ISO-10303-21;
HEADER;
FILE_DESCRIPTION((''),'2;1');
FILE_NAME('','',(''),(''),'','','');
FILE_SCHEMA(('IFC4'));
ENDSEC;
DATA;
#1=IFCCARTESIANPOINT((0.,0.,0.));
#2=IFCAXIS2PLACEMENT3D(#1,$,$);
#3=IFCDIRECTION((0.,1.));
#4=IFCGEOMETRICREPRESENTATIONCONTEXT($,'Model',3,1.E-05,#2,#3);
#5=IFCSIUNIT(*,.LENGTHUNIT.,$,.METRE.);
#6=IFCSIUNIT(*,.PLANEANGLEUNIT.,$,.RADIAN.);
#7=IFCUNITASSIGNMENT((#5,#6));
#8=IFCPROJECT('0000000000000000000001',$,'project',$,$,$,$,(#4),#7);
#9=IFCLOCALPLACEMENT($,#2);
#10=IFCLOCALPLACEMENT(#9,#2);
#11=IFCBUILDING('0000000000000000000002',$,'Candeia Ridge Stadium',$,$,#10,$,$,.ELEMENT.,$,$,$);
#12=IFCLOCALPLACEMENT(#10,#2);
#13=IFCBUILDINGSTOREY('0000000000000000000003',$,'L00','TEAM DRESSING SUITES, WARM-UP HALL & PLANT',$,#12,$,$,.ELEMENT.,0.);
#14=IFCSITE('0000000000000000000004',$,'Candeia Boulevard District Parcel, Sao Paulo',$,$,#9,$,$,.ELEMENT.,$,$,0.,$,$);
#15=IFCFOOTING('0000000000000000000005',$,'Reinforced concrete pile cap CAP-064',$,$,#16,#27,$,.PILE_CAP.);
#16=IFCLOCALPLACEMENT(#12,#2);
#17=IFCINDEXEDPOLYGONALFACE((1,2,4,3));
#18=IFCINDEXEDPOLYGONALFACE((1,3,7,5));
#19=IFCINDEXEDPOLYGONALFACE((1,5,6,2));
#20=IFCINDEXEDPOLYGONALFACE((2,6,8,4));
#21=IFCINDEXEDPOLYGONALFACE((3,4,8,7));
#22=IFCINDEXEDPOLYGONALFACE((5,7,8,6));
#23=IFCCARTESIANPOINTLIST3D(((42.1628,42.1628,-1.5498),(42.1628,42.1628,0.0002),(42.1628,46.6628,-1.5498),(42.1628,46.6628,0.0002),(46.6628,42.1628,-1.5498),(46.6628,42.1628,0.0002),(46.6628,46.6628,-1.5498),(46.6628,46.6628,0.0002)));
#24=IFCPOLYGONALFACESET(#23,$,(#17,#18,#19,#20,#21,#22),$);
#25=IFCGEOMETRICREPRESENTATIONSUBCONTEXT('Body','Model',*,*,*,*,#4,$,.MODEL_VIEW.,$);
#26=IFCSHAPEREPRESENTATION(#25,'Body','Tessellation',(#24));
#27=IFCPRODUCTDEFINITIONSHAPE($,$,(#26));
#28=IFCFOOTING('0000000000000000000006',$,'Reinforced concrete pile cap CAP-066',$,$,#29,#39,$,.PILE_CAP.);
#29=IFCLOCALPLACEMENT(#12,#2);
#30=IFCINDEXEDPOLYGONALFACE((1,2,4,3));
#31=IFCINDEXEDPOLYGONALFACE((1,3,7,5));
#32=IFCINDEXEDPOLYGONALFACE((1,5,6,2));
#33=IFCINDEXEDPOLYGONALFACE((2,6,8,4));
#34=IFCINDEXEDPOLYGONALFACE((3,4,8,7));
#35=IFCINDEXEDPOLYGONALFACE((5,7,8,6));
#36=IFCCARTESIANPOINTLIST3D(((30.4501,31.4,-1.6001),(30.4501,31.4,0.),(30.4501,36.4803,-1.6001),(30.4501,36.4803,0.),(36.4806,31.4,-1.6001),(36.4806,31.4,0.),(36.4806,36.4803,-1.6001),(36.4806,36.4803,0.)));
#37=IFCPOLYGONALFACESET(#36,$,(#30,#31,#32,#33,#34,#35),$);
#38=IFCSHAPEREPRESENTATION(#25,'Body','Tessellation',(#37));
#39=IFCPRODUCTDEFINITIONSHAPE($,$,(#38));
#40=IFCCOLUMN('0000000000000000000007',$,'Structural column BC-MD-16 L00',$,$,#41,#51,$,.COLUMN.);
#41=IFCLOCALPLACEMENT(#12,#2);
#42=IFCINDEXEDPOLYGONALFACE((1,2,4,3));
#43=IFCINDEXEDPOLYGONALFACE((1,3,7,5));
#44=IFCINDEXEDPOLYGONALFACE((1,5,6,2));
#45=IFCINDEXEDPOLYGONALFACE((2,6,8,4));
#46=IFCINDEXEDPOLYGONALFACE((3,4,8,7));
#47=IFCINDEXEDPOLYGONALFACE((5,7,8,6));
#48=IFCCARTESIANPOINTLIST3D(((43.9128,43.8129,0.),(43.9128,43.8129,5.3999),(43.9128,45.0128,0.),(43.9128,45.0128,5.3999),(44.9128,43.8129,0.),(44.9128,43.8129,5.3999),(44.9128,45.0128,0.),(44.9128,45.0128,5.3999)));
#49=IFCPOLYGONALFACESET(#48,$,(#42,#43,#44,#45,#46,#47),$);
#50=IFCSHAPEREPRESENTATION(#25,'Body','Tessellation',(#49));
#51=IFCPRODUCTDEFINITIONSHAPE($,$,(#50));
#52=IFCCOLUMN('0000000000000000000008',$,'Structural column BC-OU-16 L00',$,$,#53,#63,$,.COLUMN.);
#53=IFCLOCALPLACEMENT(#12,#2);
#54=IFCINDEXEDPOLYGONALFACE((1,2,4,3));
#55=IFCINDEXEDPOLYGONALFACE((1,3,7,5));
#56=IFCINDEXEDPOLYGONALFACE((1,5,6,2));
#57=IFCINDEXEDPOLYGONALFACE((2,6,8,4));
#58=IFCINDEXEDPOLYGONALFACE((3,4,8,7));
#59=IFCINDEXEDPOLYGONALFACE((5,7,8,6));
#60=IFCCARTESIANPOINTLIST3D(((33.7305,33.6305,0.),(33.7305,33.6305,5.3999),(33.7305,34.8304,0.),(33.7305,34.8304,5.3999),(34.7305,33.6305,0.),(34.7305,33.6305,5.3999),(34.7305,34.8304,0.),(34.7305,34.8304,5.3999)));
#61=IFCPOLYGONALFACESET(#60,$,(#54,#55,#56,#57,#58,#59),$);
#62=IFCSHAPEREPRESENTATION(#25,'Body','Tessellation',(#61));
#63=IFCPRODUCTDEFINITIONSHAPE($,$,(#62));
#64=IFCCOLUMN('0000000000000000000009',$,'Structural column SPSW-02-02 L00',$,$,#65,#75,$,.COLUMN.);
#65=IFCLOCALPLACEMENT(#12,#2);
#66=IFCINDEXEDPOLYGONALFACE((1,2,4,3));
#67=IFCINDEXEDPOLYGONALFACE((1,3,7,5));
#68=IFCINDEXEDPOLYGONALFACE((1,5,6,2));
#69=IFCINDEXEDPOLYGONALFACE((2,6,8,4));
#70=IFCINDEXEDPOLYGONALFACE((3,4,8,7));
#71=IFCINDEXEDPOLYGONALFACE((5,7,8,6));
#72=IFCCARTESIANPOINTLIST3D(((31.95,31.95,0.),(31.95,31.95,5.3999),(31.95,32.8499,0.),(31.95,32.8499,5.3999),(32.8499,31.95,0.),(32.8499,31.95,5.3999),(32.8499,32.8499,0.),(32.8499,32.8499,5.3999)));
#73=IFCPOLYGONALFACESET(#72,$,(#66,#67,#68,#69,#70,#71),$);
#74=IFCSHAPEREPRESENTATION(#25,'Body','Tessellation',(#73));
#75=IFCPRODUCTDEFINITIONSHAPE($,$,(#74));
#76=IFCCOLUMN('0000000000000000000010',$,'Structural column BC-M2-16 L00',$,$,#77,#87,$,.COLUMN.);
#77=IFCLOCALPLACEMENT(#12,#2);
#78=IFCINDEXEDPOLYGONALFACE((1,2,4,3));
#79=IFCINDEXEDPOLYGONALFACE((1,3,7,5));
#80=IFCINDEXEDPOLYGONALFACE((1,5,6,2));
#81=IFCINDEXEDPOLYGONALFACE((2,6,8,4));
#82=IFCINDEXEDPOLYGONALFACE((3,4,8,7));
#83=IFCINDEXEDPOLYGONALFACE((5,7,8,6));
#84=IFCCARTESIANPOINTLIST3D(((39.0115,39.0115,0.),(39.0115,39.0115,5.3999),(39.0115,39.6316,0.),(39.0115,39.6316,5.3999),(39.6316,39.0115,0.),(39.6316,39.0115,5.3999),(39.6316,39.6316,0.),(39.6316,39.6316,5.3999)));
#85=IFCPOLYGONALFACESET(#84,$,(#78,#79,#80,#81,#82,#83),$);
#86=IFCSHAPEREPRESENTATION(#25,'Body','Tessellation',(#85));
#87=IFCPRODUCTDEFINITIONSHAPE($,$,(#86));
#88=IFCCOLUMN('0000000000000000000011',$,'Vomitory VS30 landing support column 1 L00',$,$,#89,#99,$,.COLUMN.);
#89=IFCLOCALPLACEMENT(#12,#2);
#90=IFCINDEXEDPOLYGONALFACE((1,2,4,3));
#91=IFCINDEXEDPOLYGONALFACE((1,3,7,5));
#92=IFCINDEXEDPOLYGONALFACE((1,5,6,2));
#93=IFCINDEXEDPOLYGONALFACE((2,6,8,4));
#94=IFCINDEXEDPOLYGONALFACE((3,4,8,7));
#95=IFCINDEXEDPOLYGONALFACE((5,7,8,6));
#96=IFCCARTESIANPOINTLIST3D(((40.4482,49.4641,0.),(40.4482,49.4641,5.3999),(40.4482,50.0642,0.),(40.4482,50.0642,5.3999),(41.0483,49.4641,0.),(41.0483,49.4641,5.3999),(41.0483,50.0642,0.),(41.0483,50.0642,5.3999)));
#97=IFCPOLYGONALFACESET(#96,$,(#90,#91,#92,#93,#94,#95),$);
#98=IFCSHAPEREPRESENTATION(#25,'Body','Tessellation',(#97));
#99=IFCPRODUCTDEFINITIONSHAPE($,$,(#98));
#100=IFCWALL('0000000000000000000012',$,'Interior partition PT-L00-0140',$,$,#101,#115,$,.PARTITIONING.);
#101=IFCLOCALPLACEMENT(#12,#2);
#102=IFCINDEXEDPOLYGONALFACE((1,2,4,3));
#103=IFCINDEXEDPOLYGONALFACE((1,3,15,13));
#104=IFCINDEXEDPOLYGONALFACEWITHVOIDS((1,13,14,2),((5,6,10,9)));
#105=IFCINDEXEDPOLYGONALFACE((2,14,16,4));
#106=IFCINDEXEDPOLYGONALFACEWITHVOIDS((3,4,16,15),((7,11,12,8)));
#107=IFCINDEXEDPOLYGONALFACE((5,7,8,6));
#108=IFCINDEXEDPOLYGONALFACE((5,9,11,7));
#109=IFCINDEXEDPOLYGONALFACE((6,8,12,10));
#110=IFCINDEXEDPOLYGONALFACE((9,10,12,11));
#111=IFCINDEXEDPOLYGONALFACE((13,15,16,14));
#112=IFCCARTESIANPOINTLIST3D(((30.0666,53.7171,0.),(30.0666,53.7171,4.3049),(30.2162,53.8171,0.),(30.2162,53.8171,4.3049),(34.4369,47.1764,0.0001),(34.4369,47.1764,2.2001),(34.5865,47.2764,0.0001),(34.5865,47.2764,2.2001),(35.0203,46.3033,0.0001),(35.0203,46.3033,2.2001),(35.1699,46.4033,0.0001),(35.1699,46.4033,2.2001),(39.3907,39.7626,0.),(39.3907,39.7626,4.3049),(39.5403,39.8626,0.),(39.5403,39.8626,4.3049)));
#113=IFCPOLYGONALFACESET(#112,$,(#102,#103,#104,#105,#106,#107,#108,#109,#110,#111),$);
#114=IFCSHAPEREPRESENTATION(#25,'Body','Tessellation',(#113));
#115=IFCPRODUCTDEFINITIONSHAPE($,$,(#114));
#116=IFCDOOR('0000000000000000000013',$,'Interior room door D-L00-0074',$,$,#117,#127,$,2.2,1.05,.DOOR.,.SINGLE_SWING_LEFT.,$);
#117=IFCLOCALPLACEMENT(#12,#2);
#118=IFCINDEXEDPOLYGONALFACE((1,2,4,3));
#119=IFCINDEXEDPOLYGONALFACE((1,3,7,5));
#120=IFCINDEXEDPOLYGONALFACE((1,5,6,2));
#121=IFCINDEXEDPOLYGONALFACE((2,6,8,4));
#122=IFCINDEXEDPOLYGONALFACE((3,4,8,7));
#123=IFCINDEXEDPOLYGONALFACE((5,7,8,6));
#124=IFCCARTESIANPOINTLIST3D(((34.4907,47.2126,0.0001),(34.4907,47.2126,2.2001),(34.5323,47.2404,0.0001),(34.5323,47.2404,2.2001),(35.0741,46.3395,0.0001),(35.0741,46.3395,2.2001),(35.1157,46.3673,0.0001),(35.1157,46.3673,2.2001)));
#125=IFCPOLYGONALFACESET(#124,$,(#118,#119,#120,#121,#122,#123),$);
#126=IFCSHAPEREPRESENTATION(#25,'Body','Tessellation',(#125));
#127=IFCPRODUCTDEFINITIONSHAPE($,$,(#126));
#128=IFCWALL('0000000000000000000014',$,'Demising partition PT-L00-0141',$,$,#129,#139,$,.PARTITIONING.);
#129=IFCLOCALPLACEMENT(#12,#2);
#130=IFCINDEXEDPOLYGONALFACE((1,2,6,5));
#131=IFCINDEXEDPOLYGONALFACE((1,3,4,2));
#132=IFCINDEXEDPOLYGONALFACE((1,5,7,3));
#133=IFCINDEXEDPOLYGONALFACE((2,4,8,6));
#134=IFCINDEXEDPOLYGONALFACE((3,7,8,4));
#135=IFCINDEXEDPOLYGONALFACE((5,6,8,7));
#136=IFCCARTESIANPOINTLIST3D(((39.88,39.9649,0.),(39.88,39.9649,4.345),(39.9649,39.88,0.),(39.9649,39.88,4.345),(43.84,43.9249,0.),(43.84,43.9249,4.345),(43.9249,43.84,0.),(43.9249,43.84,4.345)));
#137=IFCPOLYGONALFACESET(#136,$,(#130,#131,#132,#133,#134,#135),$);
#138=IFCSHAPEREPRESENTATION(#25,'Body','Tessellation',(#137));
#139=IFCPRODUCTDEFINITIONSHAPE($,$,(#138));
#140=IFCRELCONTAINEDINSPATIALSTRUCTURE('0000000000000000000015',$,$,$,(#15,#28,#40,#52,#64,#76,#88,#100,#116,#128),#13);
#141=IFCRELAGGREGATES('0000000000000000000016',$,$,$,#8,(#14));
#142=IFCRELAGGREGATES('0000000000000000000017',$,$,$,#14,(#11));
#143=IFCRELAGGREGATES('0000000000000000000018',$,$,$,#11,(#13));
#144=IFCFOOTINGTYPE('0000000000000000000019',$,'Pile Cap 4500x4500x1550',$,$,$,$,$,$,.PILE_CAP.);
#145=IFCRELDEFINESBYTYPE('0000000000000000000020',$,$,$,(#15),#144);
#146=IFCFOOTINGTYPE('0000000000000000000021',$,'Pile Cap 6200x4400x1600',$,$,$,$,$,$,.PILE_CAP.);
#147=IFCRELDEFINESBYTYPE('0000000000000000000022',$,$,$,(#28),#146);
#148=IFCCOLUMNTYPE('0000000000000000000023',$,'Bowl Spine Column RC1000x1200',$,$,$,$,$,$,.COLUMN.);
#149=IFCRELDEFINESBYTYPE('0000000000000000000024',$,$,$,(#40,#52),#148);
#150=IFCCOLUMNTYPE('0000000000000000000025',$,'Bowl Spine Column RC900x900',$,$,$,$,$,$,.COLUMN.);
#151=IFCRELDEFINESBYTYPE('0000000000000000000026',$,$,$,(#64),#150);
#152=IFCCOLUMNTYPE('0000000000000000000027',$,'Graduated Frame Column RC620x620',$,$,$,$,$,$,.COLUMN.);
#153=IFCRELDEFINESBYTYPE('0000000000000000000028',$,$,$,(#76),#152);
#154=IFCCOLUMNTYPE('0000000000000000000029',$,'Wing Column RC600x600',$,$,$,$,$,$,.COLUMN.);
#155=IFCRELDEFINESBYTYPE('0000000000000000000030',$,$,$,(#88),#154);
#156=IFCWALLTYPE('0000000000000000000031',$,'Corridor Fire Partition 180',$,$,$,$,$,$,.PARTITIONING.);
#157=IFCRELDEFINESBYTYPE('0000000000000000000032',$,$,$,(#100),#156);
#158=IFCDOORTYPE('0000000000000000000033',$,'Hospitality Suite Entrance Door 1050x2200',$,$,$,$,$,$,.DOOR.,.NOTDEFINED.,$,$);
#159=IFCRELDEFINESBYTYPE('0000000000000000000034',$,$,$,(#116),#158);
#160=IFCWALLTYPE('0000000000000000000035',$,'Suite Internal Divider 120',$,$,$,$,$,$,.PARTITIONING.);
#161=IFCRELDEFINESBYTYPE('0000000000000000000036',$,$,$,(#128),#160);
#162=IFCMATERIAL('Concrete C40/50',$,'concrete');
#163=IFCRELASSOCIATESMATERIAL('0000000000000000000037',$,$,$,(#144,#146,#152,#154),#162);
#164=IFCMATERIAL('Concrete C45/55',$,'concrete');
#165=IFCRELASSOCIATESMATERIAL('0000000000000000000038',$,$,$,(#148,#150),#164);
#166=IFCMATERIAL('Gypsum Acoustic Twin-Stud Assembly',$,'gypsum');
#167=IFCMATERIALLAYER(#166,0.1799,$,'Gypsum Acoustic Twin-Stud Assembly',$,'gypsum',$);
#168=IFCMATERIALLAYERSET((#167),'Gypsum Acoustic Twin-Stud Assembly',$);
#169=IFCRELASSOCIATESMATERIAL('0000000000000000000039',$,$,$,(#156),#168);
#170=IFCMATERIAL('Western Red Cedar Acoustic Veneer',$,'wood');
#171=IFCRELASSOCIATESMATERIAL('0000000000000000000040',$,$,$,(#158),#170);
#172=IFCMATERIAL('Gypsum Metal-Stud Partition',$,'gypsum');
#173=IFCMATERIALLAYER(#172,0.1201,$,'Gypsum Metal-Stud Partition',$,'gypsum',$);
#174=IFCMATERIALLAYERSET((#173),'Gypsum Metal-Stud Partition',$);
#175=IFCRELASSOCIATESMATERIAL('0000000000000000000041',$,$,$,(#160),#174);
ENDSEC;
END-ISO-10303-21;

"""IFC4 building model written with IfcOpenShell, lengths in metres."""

from ifc_helpers import new_model, si_unit, direction, frame, frame_2d, origin, origin_2d, place, context, subcontext, project, spatial, rectangle, extrude, material, layer, layer_set, material_profile, profile_set, type_object, element, fill, save


model = new_model("IFC4")

# Units and contexts
model_context = context("Model", 3, precision=1e-05, world=origin(), true_north=direction((0.0, 1.0)))
body_context = subcontext(model_context, "Body", "Model", "MODEL_VIEW")
ifc_project = project(units=[si_unit("LENGTHUNIT", "METRE"), si_unit("PLANEANGLEUNIT", "RADIAN")], contexts=[model_context])

# Site, building, storey
site_placement = place(None, origin())
site = spatial("IfcSite", under=ifc_project, at=site_placement, Name="Candeia Boulevard District Parcel, Sao Paulo", CompositionType="ELEMENT", RefElevation=0.0)
building_placement = place(site_placement, origin())
building = spatial("IfcBuilding", under=site, at=building_placement, Name="Candeia Ridge Stadium", CompositionType="ELEMENT")
storey_placement = place(building_placement, origin())
storey = spatial("IfcBuildingStorey", under=building, at=storey_placement, Name="L00", Description="TEAM DRESSING SUITES, WARM-UP HALL & PLANT", CompositionType="ELEMENT", Elevation=0.0)

# Shared definitions
ifc_material_1 = material(Name="Concrete C40/50", Category="concrete")

# Footings
footing_type_1 = type_object("IfcFootingType", Name="Pile Cap 4500x4500x1550", PredefinedType="PILE_CAP", material=ifc_material_1)
footing_1_placement = place(storey_placement, frame((44.4128, 44.4128, -1.5498), z_axis=(0.0, 0.0, 1.0), x_axis=(1.0, 0.0, 0.0)))
element("IfcFooting", 1, at=footing_1_placement, inside=storey, type_object=footing_type_1, Name="Reinforced concrete pile cap CAP-064", PredefinedType="PILE_CAP", context=body_context, shape_type="SweptSolid", body=[
    extrude(rectangle(XDim=4.5, YDim=4.5, at=origin_2d()), origin(), (0.0, 0.0, 1.0), 1.55),
])
footing_type_2 = type_object("IfcFootingType", Name="Pile Cap 6200x4400x1600", PredefinedType="PILE_CAP", material=ifc_material_1)
footing_2_placement = place(storey_placement, frame((33.4653, 33.9402, -1.6001), z_axis=(0.0, 0.0, 1.0), x_axis=(1.0, 0.0, 0.0)))
element("IfcFooting", 2, at=footing_2_placement, inside=storey, type_object=footing_type_2, Name="Reinforced concrete pile cap CAP-066", PredefinedType="PILE_CAP", context=body_context, shape_type="SweptSolid", body=[
    extrude(rectangle(XDim=6.0305, YDim=5.0803, at=origin_2d()), origin(), (0.0, 0.0, 1.0), 1.6001),
])

# Columns
ifc_material_2 = material(Name="Concrete C45/55", Category="concrete")
ifc_material_profile_1 = material_profile(ifc_material_2, rectangle(XDim=1.0, YDim=1.2, at=origin_2d()), Name="RC1000x1200", Category="concrete")
ifc_profile_set_1 = profile_set([ifc_material_profile_1], Name="Concrete C45/55")
column_type_1 = type_object("IfcColumnType", Name="Bowl Spine Column RC1000x1200", PredefinedType="COLUMN", material=ifc_profile_set_1)
for number, where, z_axis, x_axis, name in (
    (3, (44.4128, 44.4128, 0.0), (0.0, 0.0, 1.0), (1.0, 0.0, 0.0), "Structural column BC-MD-16 L00"),
    (4, (34.2305, 34.2305, 0.0), (0.0, 0.0, 1.0), (1.0, 0.0, 0.0), "Structural column BC-OU-16 L00"),
):
    element("IfcColumn", number, at=place(storey_placement, frame(where, z_axis=z_axis, x_axis=x_axis)), inside=storey, type_object=column_type_1, Name=name, PredefinedType="COLUMN", context=body_context, shape_type="SweptSolid", body=[
        extrude(rectangle(XDim=1.0, YDim=1.2, at=origin_2d()), origin(), (0.0, 0.0, 1.0), 5.3999),
    ])
ifc_material_profile_2 = material_profile(ifc_material_2, rectangle(XDim=0.8999, YDim=0.8999, at=origin_2d()), Name="RC900x900", Category="concrete")
ifc_profile_set_2 = profile_set([ifc_material_profile_2], Name="Concrete C45/55")
column_type_2 = type_object("IfcColumnType", Name="Bowl Spine Column RC900x900", PredefinedType="COLUMN", material=ifc_profile_set_2)
column_1_placement = place(storey_placement, frame((32.3999, 32.3999, 0.0), z_axis=(0.0, 0.0, 1.0), x_axis=(1.0, 0.0, 0.0)))
element("IfcColumn", 5, at=column_1_placement, inside=storey, type_object=column_type_2, Name="Structural column SPSW-02-02 L00", PredefinedType="COLUMN", context=body_context, shape_type="SweptSolid", body=[
    extrude(rectangle(XDim=0.8999, YDim=0.8999, at=origin_2d()), origin(), (0.0, 0.0, 1.0), 5.3999),
])
ifc_material_profile_3 = material_profile(ifc_material_1, rectangle(XDim=0.6201, YDim=0.6201, at=origin_2d()), Name="RC620x620", Category="concrete")
ifc_profile_set_3 = profile_set([ifc_material_profile_3], Name="Concrete C40/50")
column_type_3 = type_object("IfcColumnType", Name="Graduated Frame Column RC620x620", PredefinedType="COLUMN", material=ifc_profile_set_3)
column_2_placement = place(storey_placement, frame((39.3215, 39.3215, 0.0), z_axis=(0.0, 0.0, 1.0), x_axis=(1.0, 0.0, 0.0)))
element("IfcColumn", 6, at=column_2_placement, inside=storey, type_object=column_type_3, Name="Structural column BC-M2-16 L00", PredefinedType="COLUMN", context=body_context, shape_type="SweptSolid", body=[
    extrude(rectangle(XDim=0.6201, YDim=0.6201, at=origin_2d()), origin(), (0.0, 0.0, 1.0), 5.3999),
])
ifc_material_profile_4 = material_profile(ifc_material_1, rectangle(XDim=0.6001, YDim=0.6001, at=origin_2d()), Name="RC600x600", Category="concrete")
ifc_profile_set_4 = profile_set([ifc_material_profile_4], Name="Concrete C40/50")
column_type_4 = type_object("IfcColumnType", Name="Wing Column RC600x600", PredefinedType="COLUMN", material=ifc_profile_set_4)
column_3_placement = place(storey_placement, frame((40.7483, 49.7642, 0.0), z_axis=(0.0, 0.0, 1.0), x_axis=(1.0, 0.0, 0.0)))
element("IfcColumn", 7, at=column_3_placement, inside=storey, type_object=column_type_4, Name="Vomitory VS30 landing support column 1 L00", PredefinedType="COLUMN", context=body_context, shape_type="SweptSolid", body=[
    extrude(rectangle(XDim=0.6001, YDim=0.6001, at=origin_2d()), origin(), (0.0, 0.0, 1.0), 5.3999),
])

# Wall, opening, door
ifc_material_3 = material(Name="Gypsum Acoustic Twin-Stud Assembly", Category="gypsum")
ifc_layer_1 = layer(ifc_material_3, 0.1799, Name="Gypsum Acoustic Twin-Stud Assembly", Category="gypsum")
ifc_layer_set_1 = layer_set([ifc_layer_1], Name="Gypsum Acoustic Twin-Stud Assembly")
wall_type_1 = type_object("IfcWallType", Name="Corridor Fire Partition 180", PredefinedType="PARTITIONING", material=ifc_layer_set_1)
wall_1_placement = place(storey_placement, frame((39.4656, 39.8125, 0.0), z_axis=(0.0, 0.0, 1.0), x_axis=(-0.555573, 0.831468, 0.0)))
wall_1 = element("IfcWall", 8, at=wall_1_placement, inside=storey, type_object=wall_type_1, Name="Interior partition PT-L00-0140", PredefinedType="PARTITIONING", context=body_context, shape_type="SweptSolid", body=[
    extrude(rectangle(XDim=16.783, YDim=0.1799, at=frame_2d((8.3916, 0.0))), origin(), (0.0, 0.0, 1.0), 4.3049),
])
opening_placement = place(wall_1_placement, frame((7.8667, 0.0, 0.0)))
opening = element("IfcOpeningElement", 9, at=opening_placement, cuts=wall_1, PredefinedType="OPENING", context=body_context, shape_type="SweptSolid", body=[
    extrude(rectangle(XDim=1.05, YDim=2.2, at=frame_2d((0.5249, 1.1001))), frame((0.0, 0.0999, 0.0), z_axis=(0.0, -1.0, 0.0), x_axis=(1.0, 0.0, 0.0)), (0.0, 0.0, 1.0), 0.2),
])
ifc_material_4 = material(Name="Western Red Cedar Acoustic Veneer", Category="wood")
door_type = type_object("IfcDoorType", Name="Hospitality Suite Entrance Door 1050x2200", OperationType="NOTDEFINED", PredefinedType="DOOR", material=ifc_material_4)
door_placement = place(opening_placement, frame((1.05, 0.0, 0.0), z_axis=(0.0, 0.0, 1.0), x_axis=(-1.0, 0.0, 0.0)))
door = element("IfcDoor", 10, at=door_placement, inside=storey, type_object=door_type, Name="Interior room door D-L00-0074", OperationType="SINGLE_SWING_LEFT", OverallHeight=2.2, OverallWidth=1.05, PredefinedType="DOOR", context=body_context, shape_type="SweptSolid", body=[
    extrude(rectangle(XDim=1.05, YDim=2.2, at=frame_2d((0.5249, 1.1001))), frame((0.0, 0.0249, 0.0), z_axis=(0.0, -1.0, 0.0), x_axis=(1.0, 0.0, 0.0)), (0.0, 0.0, 1.0), 0.05),
])
fill(opening, door)

# Wall
ifc_material_5 = material(Name="Gypsum Metal-Stud Partition", Category="gypsum")
ifc_layer_2 = layer(ifc_material_5, 0.1201, Name="Gypsum Metal-Stud Partition", Category="gypsum")
ifc_layer_set_2 = layer_set([ifc_layer_2], Name="Gypsum Metal-Stud Partition")
wall_type_2 = type_object("IfcWallType", Name="Suite Internal Divider 120", PredefinedType="PARTITIONING", material=ifc_layer_set_2)
wall_2_placement = place(storey_placement, frame((43.8826, 43.8826, 0.0), z_axis=(0.0, 0.0, 1.0), x_axis=(-0.707107, -0.707107, 0.0)))
element("IfcWall", 11, at=wall_2_placement, inside=storey, type_object=wall_type_2, Name="Demising partition PT-L00-0141", PredefinedType="PARTITIONING", context=body_context, shape_type="SweptSolid", body=[
    extrude(rectangle(XDim=5.6003, YDim=0.1201, at=frame_2d((2.8003, 0.0))), origin(), (0.0, 0.0, 1.0), 4.345),
])

save(model, "model.ifc")
